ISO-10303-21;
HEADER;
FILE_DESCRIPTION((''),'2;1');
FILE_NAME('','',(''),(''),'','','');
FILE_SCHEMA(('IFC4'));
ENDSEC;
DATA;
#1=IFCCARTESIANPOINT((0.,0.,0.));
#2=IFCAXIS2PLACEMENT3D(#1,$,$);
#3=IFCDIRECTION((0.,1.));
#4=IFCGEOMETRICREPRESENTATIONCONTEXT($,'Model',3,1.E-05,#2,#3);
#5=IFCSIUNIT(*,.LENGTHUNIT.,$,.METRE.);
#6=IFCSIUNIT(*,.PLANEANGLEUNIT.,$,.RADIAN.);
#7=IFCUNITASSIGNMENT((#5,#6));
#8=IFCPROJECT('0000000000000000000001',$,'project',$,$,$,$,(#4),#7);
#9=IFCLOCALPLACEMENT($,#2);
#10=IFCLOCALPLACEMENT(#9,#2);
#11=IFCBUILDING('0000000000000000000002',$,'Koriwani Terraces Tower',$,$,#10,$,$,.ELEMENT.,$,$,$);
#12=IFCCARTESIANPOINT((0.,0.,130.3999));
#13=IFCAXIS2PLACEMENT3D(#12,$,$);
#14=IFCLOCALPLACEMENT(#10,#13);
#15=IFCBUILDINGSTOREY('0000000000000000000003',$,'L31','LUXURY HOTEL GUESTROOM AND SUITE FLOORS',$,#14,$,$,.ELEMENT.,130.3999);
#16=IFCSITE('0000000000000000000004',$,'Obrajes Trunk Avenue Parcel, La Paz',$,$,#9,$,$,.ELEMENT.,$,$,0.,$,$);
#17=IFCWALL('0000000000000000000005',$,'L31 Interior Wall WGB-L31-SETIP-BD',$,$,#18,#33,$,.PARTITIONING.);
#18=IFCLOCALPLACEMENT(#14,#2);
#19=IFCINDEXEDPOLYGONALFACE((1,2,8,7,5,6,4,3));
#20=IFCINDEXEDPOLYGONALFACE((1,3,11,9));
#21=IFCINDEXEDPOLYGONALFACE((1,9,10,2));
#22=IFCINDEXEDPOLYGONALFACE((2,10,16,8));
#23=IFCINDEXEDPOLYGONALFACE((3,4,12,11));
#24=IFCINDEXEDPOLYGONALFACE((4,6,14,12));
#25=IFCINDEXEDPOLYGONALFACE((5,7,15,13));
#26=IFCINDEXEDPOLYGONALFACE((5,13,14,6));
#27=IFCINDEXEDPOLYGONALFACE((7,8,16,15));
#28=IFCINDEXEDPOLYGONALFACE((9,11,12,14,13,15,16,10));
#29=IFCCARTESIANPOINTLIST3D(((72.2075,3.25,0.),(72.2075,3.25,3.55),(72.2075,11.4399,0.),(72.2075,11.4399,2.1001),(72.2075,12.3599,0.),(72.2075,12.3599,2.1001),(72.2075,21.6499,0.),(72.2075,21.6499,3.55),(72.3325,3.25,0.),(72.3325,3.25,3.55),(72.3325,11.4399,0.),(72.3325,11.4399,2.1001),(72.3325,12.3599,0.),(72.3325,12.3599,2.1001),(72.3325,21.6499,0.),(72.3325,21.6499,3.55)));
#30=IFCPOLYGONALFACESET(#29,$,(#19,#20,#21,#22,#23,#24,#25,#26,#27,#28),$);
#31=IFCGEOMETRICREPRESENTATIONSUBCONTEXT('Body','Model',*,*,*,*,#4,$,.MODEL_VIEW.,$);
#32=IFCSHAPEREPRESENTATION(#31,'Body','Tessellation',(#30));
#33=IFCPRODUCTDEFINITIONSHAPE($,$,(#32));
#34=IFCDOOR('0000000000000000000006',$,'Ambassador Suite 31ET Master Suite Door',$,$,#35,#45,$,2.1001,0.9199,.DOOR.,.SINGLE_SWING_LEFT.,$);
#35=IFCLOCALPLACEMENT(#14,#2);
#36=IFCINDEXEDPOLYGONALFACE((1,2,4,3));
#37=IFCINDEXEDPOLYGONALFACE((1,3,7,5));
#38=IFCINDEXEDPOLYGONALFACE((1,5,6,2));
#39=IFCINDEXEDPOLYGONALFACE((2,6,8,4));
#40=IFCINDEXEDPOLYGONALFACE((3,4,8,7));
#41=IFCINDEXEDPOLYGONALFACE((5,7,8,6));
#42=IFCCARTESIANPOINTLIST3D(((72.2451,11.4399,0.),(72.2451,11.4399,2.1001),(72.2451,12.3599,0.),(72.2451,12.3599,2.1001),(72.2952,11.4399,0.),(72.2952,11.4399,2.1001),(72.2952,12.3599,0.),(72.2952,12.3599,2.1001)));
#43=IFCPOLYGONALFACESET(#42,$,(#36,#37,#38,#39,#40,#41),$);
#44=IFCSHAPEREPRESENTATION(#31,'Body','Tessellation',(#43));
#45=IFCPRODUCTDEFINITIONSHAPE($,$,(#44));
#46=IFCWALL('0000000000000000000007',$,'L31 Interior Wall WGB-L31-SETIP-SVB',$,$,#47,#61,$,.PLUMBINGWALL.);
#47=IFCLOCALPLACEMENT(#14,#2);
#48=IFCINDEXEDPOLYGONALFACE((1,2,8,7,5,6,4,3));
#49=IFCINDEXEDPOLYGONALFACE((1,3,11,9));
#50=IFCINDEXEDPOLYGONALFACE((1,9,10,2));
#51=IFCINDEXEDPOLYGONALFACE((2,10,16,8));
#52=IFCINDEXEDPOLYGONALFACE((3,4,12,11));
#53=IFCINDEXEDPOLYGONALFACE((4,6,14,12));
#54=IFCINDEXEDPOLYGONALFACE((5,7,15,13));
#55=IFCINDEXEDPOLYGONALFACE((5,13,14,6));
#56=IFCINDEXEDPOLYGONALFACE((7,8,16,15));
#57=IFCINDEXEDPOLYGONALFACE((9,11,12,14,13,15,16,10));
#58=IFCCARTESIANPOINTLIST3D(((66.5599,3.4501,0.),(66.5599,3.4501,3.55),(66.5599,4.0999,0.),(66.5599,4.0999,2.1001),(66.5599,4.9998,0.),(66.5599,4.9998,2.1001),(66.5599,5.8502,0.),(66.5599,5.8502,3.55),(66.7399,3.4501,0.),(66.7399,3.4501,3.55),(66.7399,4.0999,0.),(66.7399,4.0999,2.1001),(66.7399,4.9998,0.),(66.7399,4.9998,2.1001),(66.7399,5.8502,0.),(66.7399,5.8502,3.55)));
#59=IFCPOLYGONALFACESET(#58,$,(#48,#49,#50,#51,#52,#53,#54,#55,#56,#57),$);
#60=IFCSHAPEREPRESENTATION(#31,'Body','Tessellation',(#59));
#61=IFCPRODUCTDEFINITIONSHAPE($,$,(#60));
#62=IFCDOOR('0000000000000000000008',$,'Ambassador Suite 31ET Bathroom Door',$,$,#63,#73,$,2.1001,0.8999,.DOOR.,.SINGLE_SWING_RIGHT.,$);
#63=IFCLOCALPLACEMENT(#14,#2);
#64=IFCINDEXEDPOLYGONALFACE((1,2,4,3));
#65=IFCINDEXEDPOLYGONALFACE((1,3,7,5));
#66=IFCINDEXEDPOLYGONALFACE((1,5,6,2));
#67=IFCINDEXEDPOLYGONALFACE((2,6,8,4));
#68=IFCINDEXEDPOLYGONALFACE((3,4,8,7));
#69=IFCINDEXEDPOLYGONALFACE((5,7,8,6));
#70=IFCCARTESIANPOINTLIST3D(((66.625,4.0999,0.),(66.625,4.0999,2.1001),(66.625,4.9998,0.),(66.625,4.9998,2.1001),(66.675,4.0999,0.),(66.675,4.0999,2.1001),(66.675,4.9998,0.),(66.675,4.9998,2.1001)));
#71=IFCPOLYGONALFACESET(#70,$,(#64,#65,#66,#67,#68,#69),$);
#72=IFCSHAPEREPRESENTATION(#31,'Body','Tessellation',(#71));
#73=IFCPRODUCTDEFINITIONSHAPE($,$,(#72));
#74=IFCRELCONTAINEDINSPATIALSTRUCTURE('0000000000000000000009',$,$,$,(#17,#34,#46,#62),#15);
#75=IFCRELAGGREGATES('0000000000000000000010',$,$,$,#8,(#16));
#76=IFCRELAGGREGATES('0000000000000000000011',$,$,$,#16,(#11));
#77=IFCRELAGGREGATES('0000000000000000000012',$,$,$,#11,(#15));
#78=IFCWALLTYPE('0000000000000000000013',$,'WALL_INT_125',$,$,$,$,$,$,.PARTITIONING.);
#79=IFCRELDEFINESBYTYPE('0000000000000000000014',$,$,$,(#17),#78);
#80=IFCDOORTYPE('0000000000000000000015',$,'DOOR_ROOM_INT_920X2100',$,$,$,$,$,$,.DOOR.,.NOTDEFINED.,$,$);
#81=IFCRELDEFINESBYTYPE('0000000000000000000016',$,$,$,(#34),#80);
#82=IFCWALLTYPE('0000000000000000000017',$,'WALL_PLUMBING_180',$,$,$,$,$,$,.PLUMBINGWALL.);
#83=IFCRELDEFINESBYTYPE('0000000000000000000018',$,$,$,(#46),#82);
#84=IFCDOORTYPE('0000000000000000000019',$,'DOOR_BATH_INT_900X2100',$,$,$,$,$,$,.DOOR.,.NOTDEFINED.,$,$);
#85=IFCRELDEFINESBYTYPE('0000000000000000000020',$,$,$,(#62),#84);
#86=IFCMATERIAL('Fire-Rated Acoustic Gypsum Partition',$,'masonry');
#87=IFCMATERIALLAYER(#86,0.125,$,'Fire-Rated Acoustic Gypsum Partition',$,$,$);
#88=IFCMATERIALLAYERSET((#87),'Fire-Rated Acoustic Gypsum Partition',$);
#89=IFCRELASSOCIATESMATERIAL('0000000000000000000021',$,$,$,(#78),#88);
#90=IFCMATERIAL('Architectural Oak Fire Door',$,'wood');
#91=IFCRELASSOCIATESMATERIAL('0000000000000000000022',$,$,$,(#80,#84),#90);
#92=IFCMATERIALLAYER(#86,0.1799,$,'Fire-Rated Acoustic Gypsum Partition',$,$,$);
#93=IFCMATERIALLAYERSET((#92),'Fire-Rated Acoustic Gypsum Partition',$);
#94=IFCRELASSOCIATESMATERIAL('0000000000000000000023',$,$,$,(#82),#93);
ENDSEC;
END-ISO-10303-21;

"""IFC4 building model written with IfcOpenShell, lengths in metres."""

from ifc_helpers import new_model, si_unit, direction, frame, frame_2d, origin, place, context, subcontext, project, spatial, rectangle, extrude, material, layer, layer_set, type_object, element, fill, save


model = new_model("IFC4")

# Units and contexts
model_context = context("Model", 3, precision=1e-05, world=origin(), true_north=direction((0.0, 1.0)))
body_context = subcontext(model_context, "Body", "Model", "MODEL_VIEW")
ifc_project = project(units=[si_unit("LENGTHUNIT", "METRE"), si_unit("PLANEANGLEUNIT", "RADIAN")], contexts=[model_context])

# Site, building, storey
site_placement = place(None, origin())
site = spatial("IfcSite", under=ifc_project, at=site_placement, Name="Obrajes Trunk Avenue Parcel, La Paz", CompositionType="ELEMENT", RefElevation=0.0)
building_placement = place(site_placement, origin())
building = spatial("IfcBuilding", under=site, at=building_placement, Name="Koriwani Terraces Tower", CompositionType="ELEMENT")
storey_placement = place(building_placement, frame((0.0, 0.0, 130.3999)))
storey = spatial("IfcBuildingStorey", under=building, at=storey_placement, Name="L31", Description="LUXURY HOTEL GUESTROOM AND SUITE FLOORS", CompositionType="ELEMENT", Elevation=130.3999)

# Walls, openings, doors
ifc_material_1 = material(Name="Fire-Rated Acoustic Gypsum Partition", Category="masonry")
ifc_layer_1 = layer(ifc_material_1, 0.125, Name="Fire-Rated Acoustic Gypsum Partition")
ifc_layer_set_1 = layer_set([ifc_layer_1], Name="Fire-Rated Acoustic Gypsum Partition")
wall_type_1 = type_object("IfcWallType", Name="WALL_INT_125", PredefinedType="PARTITIONING", material=ifc_layer_set_1)
wall_1_placement = place(storey_placement, frame((72.27, 3.25, 0.0), z_axis=(0.0, 0.0, 1.0), x_axis=(0.0, 1.0, 0.0)))
wall_1 = element("IfcWall", 1, at=wall_1_placement, inside=storey, type_object=wall_type_1, Name="L31 Interior Wall WGB-L31-SETIP-BD", PredefinedType="PARTITIONING", context=body_context, shape_type="SweptSolid", body=[
    extrude(rectangle(XDim=18.3999, YDim=0.125, at=frame_2d((9.2, 0.0))), origin(), (0.0, 0.0, 1.0), 3.55),
])
opening_1_placement = place(wall_1_placement, frame((8.1899, 0.0, 0.0)))
opening_1 = element("IfcOpeningElement", 2, at=opening_1_placement, cuts=wall_1, PredefinedType="OPENING", context=body_context, shape_type="SweptSolid", body=[
    extrude(rectangle(XDim=0.9199, YDim=2.1001, at=frame_2d((0.46, 1.05))), frame((0.0, 0.0725, 0.0), z_axis=(0.0, -1.0, 0.0), x_axis=(1.0, 0.0, 0.0)), (0.0, 0.0, 1.0), 0.145),
])
ifc_material_2 = material(Name="Architectural Oak Fire Door", Category="wood")
door_type_1 = type_object("IfcDoorType", Name="DOOR_ROOM_INT_920X2100", OperationType="NOTDEFINED", PredefinedType="DOOR", material=ifc_material_2)
door_1_placement = place(opening_1_placement, origin())
door_1 = element("IfcDoor", 3, at=door_1_placement, inside=storey, type_object=door_type_1, Name="Ambassador Suite 31ET Master Suite Door", OperationType="SINGLE_SWING_LEFT", OverallHeight=2.1001, OverallWidth=0.9199, PredefinedType="DOOR", context=body_context, shape_type="SweptSolid", body=[
    extrude(rectangle(XDim=0.9199, YDim=2.1001, at=frame_2d((0.46, 1.05))), frame((0.0, 0.0249, 0.0), z_axis=(0.0, -1.0, 0.0), x_axis=(1.0, 0.0, 0.0)), (0.0, 0.0, 1.0), 0.05),
])
fill(opening_1, door_1)
ifc_layer_2 = layer(ifc_material_1, 0.1799, Name="Fire-Rated Acoustic Gypsum Partition")
ifc_layer_set_2 = layer_set([ifc_layer_2], Name="Fire-Rated Acoustic Gypsum Partition")
wall_type_2 = type_object("IfcWallType", Name="WALL_PLUMBING_180", PredefinedType="PLUMBINGWALL", material=ifc_layer_set_2)
wall_2_placement = place(storey_placement, frame((66.6499, 3.45, 0.0), z_axis=(0.0, 0.0, 1.0), x_axis=(0.0, 1.0, 0.0)))
wall_2 = element("IfcWall", 4, at=wall_2_placement, inside=storey, type_object=wall_type_2, Name="L31 Interior Wall WGB-L31-SETIP-SVB", PredefinedType="PLUMBINGWALL", context=body_context, shape_type="SweptSolid", body=[
    extrude(rectangle(XDim=2.4001, YDim=0.1799, at=frame_2d((1.2002, 0.0))), origin(), (0.0, 0.0, 1.0), 3.55),
])
opening_2_placement = place(wall_2_placement, frame((0.6499, 0.0, 0.0)))
opening_2 = element("IfcOpeningElement", 5, at=opening_2_placement, cuts=wall_2, PredefinedType="OPENING", context=body_context, shape_type="SweptSolid", body=[
    extrude(rectangle(XDim=0.8999, YDim=2.1001, at=frame_2d((0.45, 1.05))), frame((0.0, 0.1001, 0.0), z_axis=(0.0, -1.0, 0.0), x_axis=(1.0, 0.0, 0.0)), (0.0, 0.0, 1.0), 0.2),
])
door_type_2 = type_object("IfcDoorType", Name="DOOR_BATH_INT_900X2100", OperationType="NOTDEFINED", PredefinedType="DOOR", material=ifc_material_2)
door_2_placement = place(opening_2_placement, origin())
door_2 = element("IfcDoor", 6, at=door_2_placement, inside=storey, type_object=door_type_2, Name="Ambassador Suite 31ET Bathroom Door", OperationType="SINGLE_SWING_RIGHT", OverallHeight=2.1001, OverallWidth=0.8999, PredefinedType="DOOR", context=body_context, shape_type="SweptSolid", body=[
    extrude(rectangle(XDim=0.8999, YDim=2.1001, at=frame_2d((0.45, 1.05))), frame((0.0, 0.0249, 0.0), z_axis=(0.0, -1.0, 0.0), x_axis=(1.0, 0.0, 0.0)), (0.0, 0.0, 1.0), 0.05),
])
fill(opening_2, door_2)

save(model, "model.ifc")
